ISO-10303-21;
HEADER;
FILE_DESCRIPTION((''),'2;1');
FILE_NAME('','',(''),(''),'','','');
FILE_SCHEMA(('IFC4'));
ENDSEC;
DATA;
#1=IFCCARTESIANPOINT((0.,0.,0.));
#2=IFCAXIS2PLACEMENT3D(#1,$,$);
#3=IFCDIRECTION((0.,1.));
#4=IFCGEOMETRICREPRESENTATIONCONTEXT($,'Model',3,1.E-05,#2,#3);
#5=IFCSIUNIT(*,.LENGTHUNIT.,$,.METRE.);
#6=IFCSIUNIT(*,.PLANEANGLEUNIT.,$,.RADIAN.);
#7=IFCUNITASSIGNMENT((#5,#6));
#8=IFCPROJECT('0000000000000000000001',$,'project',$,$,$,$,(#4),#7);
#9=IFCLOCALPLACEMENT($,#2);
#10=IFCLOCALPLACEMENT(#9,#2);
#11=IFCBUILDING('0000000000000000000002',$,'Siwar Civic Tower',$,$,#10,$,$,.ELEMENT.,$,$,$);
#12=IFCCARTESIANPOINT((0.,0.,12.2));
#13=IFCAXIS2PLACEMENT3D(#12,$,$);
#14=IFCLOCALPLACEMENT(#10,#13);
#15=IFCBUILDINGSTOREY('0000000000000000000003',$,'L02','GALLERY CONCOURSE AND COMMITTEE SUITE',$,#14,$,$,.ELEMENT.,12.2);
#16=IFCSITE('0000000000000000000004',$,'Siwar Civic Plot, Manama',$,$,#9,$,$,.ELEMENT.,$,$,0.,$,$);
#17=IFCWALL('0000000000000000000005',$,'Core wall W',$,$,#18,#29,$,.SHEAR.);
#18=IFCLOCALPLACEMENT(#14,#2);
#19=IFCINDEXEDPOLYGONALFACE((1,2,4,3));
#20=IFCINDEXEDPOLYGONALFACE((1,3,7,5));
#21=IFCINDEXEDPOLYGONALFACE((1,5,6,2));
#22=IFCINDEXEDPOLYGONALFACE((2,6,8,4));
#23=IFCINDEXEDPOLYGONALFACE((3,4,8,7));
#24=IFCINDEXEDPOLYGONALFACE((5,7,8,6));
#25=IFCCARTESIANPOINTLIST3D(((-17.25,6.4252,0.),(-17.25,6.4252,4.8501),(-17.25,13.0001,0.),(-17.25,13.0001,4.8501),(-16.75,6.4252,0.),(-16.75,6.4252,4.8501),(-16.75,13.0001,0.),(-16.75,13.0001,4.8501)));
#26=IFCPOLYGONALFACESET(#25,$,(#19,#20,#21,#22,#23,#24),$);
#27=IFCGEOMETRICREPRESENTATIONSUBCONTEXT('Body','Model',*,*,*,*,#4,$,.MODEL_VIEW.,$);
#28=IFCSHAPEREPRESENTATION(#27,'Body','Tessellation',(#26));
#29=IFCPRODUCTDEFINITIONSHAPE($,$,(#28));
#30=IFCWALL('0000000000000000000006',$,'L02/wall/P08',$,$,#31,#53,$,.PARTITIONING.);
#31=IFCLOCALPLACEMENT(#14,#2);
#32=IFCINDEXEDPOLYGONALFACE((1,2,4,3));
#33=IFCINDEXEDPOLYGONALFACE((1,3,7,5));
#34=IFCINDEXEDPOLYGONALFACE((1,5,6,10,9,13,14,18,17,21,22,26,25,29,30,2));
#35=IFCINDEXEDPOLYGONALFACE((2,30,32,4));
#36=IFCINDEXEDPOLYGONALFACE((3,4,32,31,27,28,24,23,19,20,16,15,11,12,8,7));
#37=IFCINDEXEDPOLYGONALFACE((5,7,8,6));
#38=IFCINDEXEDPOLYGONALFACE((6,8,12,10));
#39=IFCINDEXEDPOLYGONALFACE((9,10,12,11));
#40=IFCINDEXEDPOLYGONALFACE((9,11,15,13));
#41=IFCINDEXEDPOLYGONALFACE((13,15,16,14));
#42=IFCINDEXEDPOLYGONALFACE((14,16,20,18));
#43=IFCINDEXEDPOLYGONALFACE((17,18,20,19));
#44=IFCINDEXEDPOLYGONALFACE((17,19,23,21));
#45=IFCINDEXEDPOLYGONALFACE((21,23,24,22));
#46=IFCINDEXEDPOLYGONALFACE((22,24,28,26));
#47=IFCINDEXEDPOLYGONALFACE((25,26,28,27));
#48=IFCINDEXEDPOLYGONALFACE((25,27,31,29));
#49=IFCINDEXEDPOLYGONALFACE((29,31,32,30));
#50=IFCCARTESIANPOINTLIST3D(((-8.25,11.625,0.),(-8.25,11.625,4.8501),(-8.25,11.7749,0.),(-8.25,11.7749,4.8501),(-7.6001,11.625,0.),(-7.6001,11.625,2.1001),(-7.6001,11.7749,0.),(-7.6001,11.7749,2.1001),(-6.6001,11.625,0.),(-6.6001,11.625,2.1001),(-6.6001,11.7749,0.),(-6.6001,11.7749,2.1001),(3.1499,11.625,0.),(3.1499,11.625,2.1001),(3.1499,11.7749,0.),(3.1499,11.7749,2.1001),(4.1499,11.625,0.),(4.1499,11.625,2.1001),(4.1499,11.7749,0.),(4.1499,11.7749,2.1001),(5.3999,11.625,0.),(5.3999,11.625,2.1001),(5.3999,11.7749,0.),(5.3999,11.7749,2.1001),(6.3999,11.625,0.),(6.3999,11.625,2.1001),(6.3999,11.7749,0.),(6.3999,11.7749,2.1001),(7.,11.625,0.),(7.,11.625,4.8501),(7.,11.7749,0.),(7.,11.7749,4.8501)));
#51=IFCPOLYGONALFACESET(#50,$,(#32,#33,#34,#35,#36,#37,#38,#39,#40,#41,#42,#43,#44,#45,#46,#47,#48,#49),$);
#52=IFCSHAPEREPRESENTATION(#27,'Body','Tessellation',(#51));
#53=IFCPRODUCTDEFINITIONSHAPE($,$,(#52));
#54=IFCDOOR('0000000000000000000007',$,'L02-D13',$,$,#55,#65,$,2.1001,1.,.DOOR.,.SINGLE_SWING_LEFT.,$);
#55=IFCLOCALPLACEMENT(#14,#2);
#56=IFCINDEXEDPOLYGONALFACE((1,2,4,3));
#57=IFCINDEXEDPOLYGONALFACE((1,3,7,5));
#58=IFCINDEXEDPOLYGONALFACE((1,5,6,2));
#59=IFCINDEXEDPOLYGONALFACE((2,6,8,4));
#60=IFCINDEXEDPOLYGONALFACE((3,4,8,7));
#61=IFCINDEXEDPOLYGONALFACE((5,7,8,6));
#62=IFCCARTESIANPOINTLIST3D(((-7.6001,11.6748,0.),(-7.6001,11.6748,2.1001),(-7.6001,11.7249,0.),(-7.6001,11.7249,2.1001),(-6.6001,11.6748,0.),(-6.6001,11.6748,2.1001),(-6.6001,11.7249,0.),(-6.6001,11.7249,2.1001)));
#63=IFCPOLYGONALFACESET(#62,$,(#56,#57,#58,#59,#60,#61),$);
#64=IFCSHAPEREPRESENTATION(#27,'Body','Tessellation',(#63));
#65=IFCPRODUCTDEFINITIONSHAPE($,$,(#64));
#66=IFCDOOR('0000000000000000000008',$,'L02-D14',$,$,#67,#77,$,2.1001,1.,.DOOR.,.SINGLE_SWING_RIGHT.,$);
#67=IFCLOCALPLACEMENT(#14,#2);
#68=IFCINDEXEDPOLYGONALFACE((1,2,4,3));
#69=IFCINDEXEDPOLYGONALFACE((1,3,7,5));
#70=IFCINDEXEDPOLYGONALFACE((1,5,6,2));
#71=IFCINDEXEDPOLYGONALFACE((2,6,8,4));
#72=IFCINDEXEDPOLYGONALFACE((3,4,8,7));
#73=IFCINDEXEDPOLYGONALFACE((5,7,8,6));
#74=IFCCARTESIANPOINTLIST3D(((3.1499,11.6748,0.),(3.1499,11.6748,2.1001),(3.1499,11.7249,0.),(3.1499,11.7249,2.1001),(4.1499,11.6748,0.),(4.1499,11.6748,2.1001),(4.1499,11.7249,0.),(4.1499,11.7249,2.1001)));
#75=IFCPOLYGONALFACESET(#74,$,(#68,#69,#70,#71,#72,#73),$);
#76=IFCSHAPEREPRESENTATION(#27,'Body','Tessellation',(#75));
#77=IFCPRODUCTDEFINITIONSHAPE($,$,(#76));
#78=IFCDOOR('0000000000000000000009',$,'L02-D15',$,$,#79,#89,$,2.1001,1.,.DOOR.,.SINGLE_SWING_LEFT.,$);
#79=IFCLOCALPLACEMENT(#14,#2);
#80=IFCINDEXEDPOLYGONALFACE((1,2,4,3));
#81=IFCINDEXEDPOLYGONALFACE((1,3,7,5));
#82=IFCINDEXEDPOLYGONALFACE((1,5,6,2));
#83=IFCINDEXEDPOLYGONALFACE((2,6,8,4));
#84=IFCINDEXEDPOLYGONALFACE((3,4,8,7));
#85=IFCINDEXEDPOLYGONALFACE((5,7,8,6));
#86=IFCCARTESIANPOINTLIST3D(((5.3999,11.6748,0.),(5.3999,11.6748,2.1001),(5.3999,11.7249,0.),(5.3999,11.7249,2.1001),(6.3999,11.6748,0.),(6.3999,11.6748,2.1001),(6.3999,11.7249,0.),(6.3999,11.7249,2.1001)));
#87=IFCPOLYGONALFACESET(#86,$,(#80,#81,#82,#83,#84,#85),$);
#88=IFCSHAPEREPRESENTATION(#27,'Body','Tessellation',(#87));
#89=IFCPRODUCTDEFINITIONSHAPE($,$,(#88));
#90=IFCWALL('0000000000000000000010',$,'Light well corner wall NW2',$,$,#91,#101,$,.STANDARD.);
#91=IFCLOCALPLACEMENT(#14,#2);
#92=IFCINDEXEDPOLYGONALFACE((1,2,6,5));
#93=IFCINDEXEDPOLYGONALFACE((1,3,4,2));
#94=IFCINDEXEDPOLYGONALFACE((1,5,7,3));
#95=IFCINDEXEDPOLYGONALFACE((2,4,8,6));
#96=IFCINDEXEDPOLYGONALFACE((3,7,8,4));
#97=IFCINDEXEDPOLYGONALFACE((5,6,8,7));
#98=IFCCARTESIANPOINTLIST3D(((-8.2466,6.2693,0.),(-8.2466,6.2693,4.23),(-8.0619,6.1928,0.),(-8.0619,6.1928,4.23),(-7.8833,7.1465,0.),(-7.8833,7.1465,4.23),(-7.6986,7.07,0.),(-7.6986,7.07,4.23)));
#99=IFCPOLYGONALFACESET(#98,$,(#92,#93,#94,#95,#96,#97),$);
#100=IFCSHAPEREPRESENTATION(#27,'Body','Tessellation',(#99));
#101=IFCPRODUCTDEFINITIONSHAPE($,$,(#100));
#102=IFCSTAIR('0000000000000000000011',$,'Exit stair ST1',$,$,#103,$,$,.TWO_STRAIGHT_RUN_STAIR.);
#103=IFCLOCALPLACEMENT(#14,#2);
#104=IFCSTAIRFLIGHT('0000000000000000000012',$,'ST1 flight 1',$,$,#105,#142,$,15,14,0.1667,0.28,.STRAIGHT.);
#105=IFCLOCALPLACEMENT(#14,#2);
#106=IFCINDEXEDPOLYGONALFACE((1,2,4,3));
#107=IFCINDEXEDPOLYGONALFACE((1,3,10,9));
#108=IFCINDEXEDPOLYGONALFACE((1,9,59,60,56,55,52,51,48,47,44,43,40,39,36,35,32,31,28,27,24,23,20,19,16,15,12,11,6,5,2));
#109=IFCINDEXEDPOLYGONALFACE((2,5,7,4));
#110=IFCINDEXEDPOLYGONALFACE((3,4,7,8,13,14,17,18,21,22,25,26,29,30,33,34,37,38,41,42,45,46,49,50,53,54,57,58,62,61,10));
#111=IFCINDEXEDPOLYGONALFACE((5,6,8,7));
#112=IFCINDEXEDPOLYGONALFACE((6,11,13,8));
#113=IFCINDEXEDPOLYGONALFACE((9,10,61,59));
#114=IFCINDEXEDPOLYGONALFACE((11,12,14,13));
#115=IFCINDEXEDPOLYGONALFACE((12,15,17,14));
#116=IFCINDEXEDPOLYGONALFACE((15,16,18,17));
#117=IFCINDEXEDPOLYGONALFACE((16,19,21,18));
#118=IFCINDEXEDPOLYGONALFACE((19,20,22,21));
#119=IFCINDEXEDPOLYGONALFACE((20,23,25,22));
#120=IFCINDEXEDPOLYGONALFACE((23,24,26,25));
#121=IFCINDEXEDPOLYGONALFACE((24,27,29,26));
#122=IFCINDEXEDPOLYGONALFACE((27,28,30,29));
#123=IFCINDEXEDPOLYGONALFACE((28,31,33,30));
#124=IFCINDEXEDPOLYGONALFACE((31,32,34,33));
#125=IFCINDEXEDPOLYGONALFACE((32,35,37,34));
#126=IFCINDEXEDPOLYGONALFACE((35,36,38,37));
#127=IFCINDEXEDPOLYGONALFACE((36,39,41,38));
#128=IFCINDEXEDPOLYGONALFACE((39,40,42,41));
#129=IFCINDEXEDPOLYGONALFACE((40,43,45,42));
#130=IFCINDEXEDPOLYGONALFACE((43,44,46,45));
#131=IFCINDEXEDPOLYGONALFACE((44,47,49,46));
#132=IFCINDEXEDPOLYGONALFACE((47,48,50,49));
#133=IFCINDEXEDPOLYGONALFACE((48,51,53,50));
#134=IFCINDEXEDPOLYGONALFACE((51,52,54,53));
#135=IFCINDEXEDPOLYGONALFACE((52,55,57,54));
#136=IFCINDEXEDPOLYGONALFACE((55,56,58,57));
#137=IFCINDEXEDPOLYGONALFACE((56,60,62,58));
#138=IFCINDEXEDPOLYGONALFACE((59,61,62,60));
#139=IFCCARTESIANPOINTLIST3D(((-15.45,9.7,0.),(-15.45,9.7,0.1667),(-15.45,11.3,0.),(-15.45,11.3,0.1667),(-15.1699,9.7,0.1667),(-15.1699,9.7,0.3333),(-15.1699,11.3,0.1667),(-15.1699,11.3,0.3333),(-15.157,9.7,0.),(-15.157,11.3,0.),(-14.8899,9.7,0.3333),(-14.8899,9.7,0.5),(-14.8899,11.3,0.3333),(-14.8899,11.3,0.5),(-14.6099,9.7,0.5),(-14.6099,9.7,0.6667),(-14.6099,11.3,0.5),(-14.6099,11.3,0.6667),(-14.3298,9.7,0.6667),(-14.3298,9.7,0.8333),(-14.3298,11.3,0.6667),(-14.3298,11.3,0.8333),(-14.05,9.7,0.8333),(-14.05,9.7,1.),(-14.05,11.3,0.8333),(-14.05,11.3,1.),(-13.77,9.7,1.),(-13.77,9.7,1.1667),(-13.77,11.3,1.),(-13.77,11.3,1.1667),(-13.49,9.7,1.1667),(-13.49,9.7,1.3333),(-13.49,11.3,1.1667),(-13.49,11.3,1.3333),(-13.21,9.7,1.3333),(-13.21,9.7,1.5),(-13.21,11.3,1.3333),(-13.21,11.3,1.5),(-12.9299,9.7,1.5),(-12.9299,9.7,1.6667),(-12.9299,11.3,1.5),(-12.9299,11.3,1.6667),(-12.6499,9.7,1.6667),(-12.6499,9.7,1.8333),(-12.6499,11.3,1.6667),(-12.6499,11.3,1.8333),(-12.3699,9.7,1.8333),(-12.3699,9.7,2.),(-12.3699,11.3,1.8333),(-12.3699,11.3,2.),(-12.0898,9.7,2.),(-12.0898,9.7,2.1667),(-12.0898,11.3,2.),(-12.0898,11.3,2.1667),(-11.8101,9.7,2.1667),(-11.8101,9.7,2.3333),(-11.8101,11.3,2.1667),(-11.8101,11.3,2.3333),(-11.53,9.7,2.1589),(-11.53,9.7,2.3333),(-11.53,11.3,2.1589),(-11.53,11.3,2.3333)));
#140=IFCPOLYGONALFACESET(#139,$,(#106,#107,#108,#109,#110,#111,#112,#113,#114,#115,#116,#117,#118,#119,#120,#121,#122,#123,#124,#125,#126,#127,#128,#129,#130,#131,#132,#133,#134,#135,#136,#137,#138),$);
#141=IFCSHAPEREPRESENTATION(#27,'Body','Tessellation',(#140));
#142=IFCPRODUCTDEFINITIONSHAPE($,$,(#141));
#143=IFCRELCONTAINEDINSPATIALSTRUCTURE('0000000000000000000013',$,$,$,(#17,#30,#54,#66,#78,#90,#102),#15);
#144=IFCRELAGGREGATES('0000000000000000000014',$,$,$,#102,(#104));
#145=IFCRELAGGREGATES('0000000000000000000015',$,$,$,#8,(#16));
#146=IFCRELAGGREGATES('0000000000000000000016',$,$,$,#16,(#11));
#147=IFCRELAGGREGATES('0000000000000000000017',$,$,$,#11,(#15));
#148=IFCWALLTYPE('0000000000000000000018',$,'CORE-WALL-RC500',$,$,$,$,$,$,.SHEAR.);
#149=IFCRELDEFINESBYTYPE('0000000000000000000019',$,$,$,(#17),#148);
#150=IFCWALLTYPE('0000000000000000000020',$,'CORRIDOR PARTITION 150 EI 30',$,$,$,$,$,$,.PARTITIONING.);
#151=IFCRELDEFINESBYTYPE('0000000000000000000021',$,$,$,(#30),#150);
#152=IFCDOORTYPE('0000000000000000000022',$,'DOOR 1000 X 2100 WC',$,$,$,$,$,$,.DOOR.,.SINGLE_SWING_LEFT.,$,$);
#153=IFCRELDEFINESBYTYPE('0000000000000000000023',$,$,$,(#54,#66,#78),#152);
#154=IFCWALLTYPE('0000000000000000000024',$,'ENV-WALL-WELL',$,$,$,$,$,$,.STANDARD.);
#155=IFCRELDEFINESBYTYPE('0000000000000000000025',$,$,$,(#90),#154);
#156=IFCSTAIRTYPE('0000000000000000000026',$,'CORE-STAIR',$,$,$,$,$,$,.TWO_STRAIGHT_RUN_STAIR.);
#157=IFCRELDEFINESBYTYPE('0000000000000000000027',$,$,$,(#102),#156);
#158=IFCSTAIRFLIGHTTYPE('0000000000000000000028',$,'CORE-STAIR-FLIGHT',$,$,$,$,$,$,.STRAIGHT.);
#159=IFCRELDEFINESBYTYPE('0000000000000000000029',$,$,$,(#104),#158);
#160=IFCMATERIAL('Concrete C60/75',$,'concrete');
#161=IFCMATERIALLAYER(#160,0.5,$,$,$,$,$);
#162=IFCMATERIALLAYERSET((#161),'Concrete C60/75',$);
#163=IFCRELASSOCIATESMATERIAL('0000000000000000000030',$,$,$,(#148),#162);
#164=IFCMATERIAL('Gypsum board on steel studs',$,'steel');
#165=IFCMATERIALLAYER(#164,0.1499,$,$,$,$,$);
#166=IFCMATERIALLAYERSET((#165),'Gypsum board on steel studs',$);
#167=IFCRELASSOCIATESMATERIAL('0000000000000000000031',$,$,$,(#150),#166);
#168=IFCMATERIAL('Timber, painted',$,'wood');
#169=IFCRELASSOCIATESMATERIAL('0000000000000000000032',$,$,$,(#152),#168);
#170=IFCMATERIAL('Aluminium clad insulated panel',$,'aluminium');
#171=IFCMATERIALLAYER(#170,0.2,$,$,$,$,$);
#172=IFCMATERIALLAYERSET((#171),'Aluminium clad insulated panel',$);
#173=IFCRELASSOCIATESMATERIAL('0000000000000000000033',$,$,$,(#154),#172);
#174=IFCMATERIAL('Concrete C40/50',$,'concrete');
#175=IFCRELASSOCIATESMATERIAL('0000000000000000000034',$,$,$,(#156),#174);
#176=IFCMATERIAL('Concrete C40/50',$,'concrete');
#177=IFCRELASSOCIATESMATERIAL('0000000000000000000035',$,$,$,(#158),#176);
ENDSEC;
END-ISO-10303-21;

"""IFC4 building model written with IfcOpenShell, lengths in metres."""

from ifc_helpers import new_model, si_unit, direction, frame, frame_2d, origin, place, context, subcontext, project, spatial, polyline, rectangle, outline, extrude, material, layer, layer_set, type_object, element, fill, aggregate, save


model = new_model("IFC4")

# Units and contexts
model_context = context("Model", 3, precision=1e-05, world=origin(), true_north=direction((0.0, 1.0)))
body_context = subcontext(model_context, "Body", "Model", "MODEL_VIEW")
ifc_project = project(units=[si_unit("LENGTHUNIT", "METRE"), si_unit("PLANEANGLEUNIT", "RADIAN")], contexts=[model_context])

# Site, building, storey
site_placement = place(None, origin())
site = spatial("IfcSite", under=ifc_project, at=site_placement, Name="Siwar Civic Plot, Manama", CompositionType="ELEMENT", RefElevation=0.0)
building_placement = place(site_placement, origin())
building = spatial("IfcBuilding", under=site, at=building_placement, Name="Siwar Civic Tower", CompositionType="ELEMENT")
storey_placement = place(building_placement, frame((0.0, 0.0, 12.2)))
storey = spatial("IfcBuildingStorey", under=building, at=storey_placement, Name="L02", Description="GALLERY CONCOURSE AND COMMITTEE SUITE", CompositionType="ELEMENT", Elevation=12.2)

# Wall
ifc_material_1 = material(Name="Concrete C60/75", Category="concrete")
ifc_layer_1 = layer(ifc_material_1, 0.5)
ifc_layer_set_1 = layer_set([ifc_layer_1], Name="Concrete C60/75")
wall_type_1 = type_object("IfcWallType", Name="CORE-WALL-RC500", PredefinedType="SHEAR", material=ifc_layer_set_1)
wall_1_placement = place(storey_placement, frame((-17.0, 6.425, 0.0), z_axis=(0.0, 0.0, 1.0), x_axis=(0.0, 1.0, 0.0)))
element("IfcWall", 1, at=wall_1_placement, inside=storey, type_object=wall_type_1, Name="Core wall W", PredefinedType="SHEAR", context=body_context, shape_type="SweptSolid", body=[
    extrude(rectangle(XDim=6.575, YDim=0.5, at=frame_2d((3.2876, 0.0))), origin(), (0.0, 0.0, 1.0), 4.8501),
])

# Wall, openings, doors
ifc_material_2 = material(Name="Gypsum board on steel studs", Category="steel")
ifc_layer_2 = layer(ifc_material_2, 0.1499)
ifc_layer_set_2 = layer_set([ifc_layer_2], Name="Gypsum board on steel studs")
wall_type_2 = type_object("IfcWallType", Name="CORRIDOR PARTITION 150 EI 30", PredefinedType="PARTITIONING", material=ifc_layer_set_2)
wall_2_placement = place(storey_placement, frame((-8.25, 11.7, 0.0), z_axis=(0.0, 0.0, 1.0), x_axis=(1.0, 0.0, 0.0)))
wall_2 = element("IfcWall", 2, at=wall_2_placement, inside=storey, type_object=wall_type_2, Name="L02/wall/P08", PredefinedType="PARTITIONING", context=body_context, shape_type="SweptSolid", body=[
    extrude(rectangle(XDim=15.25, YDim=0.1499, at=frame_2d((7.625, 0.0))), origin(), (0.0, 0.0, 1.0), 4.8501),
])
opening_1_placement = place(wall_2_placement, frame((0.6499, 0.0, 0.0)))
opening_1 = element("IfcOpeningElement", 3, at=opening_1_placement, cuts=wall_2, PredefinedType="OPENING", context=body_context, shape_type="SweptSolid", body=[
    extrude(rectangle(XDim=1.0, YDim=2.1001, at=frame_2d((0.5, 1.05))), frame((0.0, 0.085, 0.0), z_axis=(0.0, -1.0, 0.0), x_axis=(1.0, 0.0, 0.0)), (0.0, 0.0, 1.0), 0.1699),
])
opening_2_placement = place(wall_2_placement, frame((11.3999, 0.0, 0.0)))
opening_2 = element("IfcOpeningElement", 4, at=opening_2_placement, cuts=wall_2, PredefinedType="OPENING", context=body_context, shape_type="SweptSolid", body=[
    extrude(rectangle(XDim=1.0, YDim=2.1001, at=frame_2d((0.5, 1.05))), frame((0.0, 0.085, 0.0), z_axis=(0.0, -1.0, 0.0), x_axis=(1.0, 0.0, 0.0)), (0.0, 0.0, 1.0), 0.1699),
])
opening_3_placement = place(wall_2_placement, frame((13.6499, 0.0, 0.0)))
opening_3 = element("IfcOpeningElement", 5, at=opening_3_placement, cuts=wall_2, PredefinedType="OPENING", context=body_context, shape_type="SweptSolid", body=[
    extrude(rectangle(XDim=1.0, YDim=2.1001, at=frame_2d((0.5, 1.05))), frame((0.0, 0.085, 0.0), z_axis=(0.0, -1.0, 0.0), x_axis=(1.0, 0.0, 0.0)), (0.0, 0.0, 1.0), 0.1699),
])
ifc_material_3 = material(Name="Timber, painted", Category="wood")
door_type_1 = type_object("IfcDoorType", Name="DOOR 1000 X 2100 WC", OperationType="SINGLE_SWING_LEFT", PredefinedType="DOOR", material=ifc_material_3)
door_1_placement = place(opening_1_placement, origin())
door_1 = element("IfcDoor", 6, at=door_1_placement, inside=storey, type_object=door_type_1, Name="L02-D13", OperationType="SINGLE_SWING_LEFT", OverallHeight=2.1001, OverallWidth=1.0, PredefinedType="DOOR", context=body_context, shape_type="SweptSolid", body=[
    extrude(rectangle(XDim=1.0, YDim=2.1001, at=frame_2d((0.5, 1.05))), frame((0.0, 0.0249, 0.0), z_axis=(0.0, -1.0, 0.0), x_axis=(1.0, 0.0, 0.0)), (0.0, 0.0, 1.0), 0.05),
])
fill(opening_1, door_1)
door_2_placement = place(opening_2_placement, origin())
door_2 = element("IfcDoor", 7, at=door_2_placement, inside=storey, type_object=door_type_1, Name="L02-D14", OperationType="SINGLE_SWING_RIGHT", OverallHeight=2.1001, OverallWidth=1.0, PredefinedType="DOOR", context=body_context, shape_type="SweptSolid", body=[
    extrude(rectangle(XDim=1.0, YDim=2.1001, at=frame_2d((0.5, 1.05))), frame((0.0, 0.0249, 0.0), z_axis=(0.0, -1.0, 0.0), x_axis=(1.0, 0.0, 0.0)), (0.0, 0.0, 1.0), 0.05),
])
fill(opening_2, door_2)
door_3_placement = place(opening_3_placement, origin())
door_3 = element("IfcDoor", 8, at=door_3_placement, inside=storey, type_object=door_type_1, Name="L02-D15", OperationType="SINGLE_SWING_LEFT", OverallHeight=2.1001, OverallWidth=1.0, PredefinedType="DOOR", context=body_context, shape_type="SweptSolid", body=[
    extrude(rectangle(XDim=1.0, YDim=2.1001, at=frame_2d((0.5, 1.05))), frame((0.0, 0.0249, 0.0), z_axis=(0.0, -1.0, 0.0), x_axis=(1.0, 0.0, 0.0)), (0.0, 0.0, 1.0), 0.05),
])
fill(opening_3, door_3)

# Wall
ifc_material_4 = material(Name="Aluminium clad insulated panel", Category="aluminium")
ifc_layer_3 = layer(ifc_material_4, 0.2)
ifc_layer_set_3 = layer_set([ifc_layer_3], Name="Aluminium clad insulated panel")
wall_type_3 = type_object("IfcWallType", Name="ENV-WALL-WELL", PredefinedType="STANDARD", material=ifc_layer_set_3)
wall_3_placement = place(storey_placement, frame((-7.791, 7.1082, 0.0), z_axis=(0.0, 0.0, 1.0), x_axis=(-0.382624, -0.923904, 0.0)))
element("IfcWall", 9, at=wall_3_placement, inside=storey, type_object=wall_type_3, Name="Light well corner wall NW2", PredefinedType="STANDARD", context=body_context, shape_type="SweptSolid", body=[
    extrude(rectangle(XDim=0.9495, YDim=0.2, at=frame_2d((0.4746, 0.0))), origin(), (0.0, 0.0, 1.0), 4.23),
])

# Stair, stair flight
ifc_material_5 = material(Name="Concrete C40/50", Category="concrete")
stair_type = type_object("IfcStairType", Name="CORE-STAIR", PredefinedType="TWO_STRAIGHT_RUN_STAIR", material=ifc_material_5)
stair_placement = place(storey_placement, origin())
stair = element("IfcStair", 10, at=stair_placement, inside=storey, type_object=stair_type, Name="Exit stair ST1", PredefinedType="TWO_STRAIGHT_RUN_STAIR")
ifc_material_6 = material(Name="Concrete C40/50", Category="concrete")
stair_flight_type = type_object("IfcStairFlightType", Name="CORE-STAIR-FLIGHT", PredefinedType="STRAIGHT", material=ifc_material_6)
stair_flight_1_placement = place(storey_placement, frame((-15.45, 10.5, 0.0), z_axis=(0.0, 0.0, 1.0), x_axis=(1.0, 0.0, 0.0)))
stair_flight_1 = element("IfcStairFlight", 11, at=stair_flight_1_placement, type_object=stair_flight_type, Name="ST1 flight 1", NumberOfRisers=15, NumberOfTreads=14, PredefinedType="STRAIGHT", RiserHeight=0.1667, TreadLength=0.28, context=body_context, shape_type="SweptSolid", body=[
    extrude(outline(polyline([(0.0, 0.0), (0.0, 0.1667), (0.28, 0.1667), (0.28, 0.3333), (0.5601, 0.3333), (0.5601, 0.5), (0.8401, 0.5), (0.8401, 0.6667), (1.1201, 0.6667), (1.1201, 0.8333), (1.3999, 0.8333), (1.3999, 1.0), (1.6799, 1.0), (1.6799, 1.1667), (1.96, 1.1667), (1.96, 1.3333), (2.24, 1.3333), (2.24, 1.5), (2.52, 1.5), (2.52, 1.6667), (2.8, 1.6667), (2.8, 1.8333), (3.0801, 1.8333), (3.0801, 2.0), (3.3601, 2.0), (3.3601, 2.1667), (3.6399, 2.1667), (3.6399, 2.3333), (3.9199, 2.3333), (3.9199, 2.5), (3.9199, 2.1589), (0.293, 0.0), (0.0, 0.0)])), frame((0.0, 0.8, 0.0), z_axis=(0.0, -1.0, 0.0), x_axis=(1.0, 0.0, 0.0)), (0.0, 0.0, 1.0), 1.6001),
])
aggregate(stair, [stair_flight_1])

save(model, "model.ifc")
